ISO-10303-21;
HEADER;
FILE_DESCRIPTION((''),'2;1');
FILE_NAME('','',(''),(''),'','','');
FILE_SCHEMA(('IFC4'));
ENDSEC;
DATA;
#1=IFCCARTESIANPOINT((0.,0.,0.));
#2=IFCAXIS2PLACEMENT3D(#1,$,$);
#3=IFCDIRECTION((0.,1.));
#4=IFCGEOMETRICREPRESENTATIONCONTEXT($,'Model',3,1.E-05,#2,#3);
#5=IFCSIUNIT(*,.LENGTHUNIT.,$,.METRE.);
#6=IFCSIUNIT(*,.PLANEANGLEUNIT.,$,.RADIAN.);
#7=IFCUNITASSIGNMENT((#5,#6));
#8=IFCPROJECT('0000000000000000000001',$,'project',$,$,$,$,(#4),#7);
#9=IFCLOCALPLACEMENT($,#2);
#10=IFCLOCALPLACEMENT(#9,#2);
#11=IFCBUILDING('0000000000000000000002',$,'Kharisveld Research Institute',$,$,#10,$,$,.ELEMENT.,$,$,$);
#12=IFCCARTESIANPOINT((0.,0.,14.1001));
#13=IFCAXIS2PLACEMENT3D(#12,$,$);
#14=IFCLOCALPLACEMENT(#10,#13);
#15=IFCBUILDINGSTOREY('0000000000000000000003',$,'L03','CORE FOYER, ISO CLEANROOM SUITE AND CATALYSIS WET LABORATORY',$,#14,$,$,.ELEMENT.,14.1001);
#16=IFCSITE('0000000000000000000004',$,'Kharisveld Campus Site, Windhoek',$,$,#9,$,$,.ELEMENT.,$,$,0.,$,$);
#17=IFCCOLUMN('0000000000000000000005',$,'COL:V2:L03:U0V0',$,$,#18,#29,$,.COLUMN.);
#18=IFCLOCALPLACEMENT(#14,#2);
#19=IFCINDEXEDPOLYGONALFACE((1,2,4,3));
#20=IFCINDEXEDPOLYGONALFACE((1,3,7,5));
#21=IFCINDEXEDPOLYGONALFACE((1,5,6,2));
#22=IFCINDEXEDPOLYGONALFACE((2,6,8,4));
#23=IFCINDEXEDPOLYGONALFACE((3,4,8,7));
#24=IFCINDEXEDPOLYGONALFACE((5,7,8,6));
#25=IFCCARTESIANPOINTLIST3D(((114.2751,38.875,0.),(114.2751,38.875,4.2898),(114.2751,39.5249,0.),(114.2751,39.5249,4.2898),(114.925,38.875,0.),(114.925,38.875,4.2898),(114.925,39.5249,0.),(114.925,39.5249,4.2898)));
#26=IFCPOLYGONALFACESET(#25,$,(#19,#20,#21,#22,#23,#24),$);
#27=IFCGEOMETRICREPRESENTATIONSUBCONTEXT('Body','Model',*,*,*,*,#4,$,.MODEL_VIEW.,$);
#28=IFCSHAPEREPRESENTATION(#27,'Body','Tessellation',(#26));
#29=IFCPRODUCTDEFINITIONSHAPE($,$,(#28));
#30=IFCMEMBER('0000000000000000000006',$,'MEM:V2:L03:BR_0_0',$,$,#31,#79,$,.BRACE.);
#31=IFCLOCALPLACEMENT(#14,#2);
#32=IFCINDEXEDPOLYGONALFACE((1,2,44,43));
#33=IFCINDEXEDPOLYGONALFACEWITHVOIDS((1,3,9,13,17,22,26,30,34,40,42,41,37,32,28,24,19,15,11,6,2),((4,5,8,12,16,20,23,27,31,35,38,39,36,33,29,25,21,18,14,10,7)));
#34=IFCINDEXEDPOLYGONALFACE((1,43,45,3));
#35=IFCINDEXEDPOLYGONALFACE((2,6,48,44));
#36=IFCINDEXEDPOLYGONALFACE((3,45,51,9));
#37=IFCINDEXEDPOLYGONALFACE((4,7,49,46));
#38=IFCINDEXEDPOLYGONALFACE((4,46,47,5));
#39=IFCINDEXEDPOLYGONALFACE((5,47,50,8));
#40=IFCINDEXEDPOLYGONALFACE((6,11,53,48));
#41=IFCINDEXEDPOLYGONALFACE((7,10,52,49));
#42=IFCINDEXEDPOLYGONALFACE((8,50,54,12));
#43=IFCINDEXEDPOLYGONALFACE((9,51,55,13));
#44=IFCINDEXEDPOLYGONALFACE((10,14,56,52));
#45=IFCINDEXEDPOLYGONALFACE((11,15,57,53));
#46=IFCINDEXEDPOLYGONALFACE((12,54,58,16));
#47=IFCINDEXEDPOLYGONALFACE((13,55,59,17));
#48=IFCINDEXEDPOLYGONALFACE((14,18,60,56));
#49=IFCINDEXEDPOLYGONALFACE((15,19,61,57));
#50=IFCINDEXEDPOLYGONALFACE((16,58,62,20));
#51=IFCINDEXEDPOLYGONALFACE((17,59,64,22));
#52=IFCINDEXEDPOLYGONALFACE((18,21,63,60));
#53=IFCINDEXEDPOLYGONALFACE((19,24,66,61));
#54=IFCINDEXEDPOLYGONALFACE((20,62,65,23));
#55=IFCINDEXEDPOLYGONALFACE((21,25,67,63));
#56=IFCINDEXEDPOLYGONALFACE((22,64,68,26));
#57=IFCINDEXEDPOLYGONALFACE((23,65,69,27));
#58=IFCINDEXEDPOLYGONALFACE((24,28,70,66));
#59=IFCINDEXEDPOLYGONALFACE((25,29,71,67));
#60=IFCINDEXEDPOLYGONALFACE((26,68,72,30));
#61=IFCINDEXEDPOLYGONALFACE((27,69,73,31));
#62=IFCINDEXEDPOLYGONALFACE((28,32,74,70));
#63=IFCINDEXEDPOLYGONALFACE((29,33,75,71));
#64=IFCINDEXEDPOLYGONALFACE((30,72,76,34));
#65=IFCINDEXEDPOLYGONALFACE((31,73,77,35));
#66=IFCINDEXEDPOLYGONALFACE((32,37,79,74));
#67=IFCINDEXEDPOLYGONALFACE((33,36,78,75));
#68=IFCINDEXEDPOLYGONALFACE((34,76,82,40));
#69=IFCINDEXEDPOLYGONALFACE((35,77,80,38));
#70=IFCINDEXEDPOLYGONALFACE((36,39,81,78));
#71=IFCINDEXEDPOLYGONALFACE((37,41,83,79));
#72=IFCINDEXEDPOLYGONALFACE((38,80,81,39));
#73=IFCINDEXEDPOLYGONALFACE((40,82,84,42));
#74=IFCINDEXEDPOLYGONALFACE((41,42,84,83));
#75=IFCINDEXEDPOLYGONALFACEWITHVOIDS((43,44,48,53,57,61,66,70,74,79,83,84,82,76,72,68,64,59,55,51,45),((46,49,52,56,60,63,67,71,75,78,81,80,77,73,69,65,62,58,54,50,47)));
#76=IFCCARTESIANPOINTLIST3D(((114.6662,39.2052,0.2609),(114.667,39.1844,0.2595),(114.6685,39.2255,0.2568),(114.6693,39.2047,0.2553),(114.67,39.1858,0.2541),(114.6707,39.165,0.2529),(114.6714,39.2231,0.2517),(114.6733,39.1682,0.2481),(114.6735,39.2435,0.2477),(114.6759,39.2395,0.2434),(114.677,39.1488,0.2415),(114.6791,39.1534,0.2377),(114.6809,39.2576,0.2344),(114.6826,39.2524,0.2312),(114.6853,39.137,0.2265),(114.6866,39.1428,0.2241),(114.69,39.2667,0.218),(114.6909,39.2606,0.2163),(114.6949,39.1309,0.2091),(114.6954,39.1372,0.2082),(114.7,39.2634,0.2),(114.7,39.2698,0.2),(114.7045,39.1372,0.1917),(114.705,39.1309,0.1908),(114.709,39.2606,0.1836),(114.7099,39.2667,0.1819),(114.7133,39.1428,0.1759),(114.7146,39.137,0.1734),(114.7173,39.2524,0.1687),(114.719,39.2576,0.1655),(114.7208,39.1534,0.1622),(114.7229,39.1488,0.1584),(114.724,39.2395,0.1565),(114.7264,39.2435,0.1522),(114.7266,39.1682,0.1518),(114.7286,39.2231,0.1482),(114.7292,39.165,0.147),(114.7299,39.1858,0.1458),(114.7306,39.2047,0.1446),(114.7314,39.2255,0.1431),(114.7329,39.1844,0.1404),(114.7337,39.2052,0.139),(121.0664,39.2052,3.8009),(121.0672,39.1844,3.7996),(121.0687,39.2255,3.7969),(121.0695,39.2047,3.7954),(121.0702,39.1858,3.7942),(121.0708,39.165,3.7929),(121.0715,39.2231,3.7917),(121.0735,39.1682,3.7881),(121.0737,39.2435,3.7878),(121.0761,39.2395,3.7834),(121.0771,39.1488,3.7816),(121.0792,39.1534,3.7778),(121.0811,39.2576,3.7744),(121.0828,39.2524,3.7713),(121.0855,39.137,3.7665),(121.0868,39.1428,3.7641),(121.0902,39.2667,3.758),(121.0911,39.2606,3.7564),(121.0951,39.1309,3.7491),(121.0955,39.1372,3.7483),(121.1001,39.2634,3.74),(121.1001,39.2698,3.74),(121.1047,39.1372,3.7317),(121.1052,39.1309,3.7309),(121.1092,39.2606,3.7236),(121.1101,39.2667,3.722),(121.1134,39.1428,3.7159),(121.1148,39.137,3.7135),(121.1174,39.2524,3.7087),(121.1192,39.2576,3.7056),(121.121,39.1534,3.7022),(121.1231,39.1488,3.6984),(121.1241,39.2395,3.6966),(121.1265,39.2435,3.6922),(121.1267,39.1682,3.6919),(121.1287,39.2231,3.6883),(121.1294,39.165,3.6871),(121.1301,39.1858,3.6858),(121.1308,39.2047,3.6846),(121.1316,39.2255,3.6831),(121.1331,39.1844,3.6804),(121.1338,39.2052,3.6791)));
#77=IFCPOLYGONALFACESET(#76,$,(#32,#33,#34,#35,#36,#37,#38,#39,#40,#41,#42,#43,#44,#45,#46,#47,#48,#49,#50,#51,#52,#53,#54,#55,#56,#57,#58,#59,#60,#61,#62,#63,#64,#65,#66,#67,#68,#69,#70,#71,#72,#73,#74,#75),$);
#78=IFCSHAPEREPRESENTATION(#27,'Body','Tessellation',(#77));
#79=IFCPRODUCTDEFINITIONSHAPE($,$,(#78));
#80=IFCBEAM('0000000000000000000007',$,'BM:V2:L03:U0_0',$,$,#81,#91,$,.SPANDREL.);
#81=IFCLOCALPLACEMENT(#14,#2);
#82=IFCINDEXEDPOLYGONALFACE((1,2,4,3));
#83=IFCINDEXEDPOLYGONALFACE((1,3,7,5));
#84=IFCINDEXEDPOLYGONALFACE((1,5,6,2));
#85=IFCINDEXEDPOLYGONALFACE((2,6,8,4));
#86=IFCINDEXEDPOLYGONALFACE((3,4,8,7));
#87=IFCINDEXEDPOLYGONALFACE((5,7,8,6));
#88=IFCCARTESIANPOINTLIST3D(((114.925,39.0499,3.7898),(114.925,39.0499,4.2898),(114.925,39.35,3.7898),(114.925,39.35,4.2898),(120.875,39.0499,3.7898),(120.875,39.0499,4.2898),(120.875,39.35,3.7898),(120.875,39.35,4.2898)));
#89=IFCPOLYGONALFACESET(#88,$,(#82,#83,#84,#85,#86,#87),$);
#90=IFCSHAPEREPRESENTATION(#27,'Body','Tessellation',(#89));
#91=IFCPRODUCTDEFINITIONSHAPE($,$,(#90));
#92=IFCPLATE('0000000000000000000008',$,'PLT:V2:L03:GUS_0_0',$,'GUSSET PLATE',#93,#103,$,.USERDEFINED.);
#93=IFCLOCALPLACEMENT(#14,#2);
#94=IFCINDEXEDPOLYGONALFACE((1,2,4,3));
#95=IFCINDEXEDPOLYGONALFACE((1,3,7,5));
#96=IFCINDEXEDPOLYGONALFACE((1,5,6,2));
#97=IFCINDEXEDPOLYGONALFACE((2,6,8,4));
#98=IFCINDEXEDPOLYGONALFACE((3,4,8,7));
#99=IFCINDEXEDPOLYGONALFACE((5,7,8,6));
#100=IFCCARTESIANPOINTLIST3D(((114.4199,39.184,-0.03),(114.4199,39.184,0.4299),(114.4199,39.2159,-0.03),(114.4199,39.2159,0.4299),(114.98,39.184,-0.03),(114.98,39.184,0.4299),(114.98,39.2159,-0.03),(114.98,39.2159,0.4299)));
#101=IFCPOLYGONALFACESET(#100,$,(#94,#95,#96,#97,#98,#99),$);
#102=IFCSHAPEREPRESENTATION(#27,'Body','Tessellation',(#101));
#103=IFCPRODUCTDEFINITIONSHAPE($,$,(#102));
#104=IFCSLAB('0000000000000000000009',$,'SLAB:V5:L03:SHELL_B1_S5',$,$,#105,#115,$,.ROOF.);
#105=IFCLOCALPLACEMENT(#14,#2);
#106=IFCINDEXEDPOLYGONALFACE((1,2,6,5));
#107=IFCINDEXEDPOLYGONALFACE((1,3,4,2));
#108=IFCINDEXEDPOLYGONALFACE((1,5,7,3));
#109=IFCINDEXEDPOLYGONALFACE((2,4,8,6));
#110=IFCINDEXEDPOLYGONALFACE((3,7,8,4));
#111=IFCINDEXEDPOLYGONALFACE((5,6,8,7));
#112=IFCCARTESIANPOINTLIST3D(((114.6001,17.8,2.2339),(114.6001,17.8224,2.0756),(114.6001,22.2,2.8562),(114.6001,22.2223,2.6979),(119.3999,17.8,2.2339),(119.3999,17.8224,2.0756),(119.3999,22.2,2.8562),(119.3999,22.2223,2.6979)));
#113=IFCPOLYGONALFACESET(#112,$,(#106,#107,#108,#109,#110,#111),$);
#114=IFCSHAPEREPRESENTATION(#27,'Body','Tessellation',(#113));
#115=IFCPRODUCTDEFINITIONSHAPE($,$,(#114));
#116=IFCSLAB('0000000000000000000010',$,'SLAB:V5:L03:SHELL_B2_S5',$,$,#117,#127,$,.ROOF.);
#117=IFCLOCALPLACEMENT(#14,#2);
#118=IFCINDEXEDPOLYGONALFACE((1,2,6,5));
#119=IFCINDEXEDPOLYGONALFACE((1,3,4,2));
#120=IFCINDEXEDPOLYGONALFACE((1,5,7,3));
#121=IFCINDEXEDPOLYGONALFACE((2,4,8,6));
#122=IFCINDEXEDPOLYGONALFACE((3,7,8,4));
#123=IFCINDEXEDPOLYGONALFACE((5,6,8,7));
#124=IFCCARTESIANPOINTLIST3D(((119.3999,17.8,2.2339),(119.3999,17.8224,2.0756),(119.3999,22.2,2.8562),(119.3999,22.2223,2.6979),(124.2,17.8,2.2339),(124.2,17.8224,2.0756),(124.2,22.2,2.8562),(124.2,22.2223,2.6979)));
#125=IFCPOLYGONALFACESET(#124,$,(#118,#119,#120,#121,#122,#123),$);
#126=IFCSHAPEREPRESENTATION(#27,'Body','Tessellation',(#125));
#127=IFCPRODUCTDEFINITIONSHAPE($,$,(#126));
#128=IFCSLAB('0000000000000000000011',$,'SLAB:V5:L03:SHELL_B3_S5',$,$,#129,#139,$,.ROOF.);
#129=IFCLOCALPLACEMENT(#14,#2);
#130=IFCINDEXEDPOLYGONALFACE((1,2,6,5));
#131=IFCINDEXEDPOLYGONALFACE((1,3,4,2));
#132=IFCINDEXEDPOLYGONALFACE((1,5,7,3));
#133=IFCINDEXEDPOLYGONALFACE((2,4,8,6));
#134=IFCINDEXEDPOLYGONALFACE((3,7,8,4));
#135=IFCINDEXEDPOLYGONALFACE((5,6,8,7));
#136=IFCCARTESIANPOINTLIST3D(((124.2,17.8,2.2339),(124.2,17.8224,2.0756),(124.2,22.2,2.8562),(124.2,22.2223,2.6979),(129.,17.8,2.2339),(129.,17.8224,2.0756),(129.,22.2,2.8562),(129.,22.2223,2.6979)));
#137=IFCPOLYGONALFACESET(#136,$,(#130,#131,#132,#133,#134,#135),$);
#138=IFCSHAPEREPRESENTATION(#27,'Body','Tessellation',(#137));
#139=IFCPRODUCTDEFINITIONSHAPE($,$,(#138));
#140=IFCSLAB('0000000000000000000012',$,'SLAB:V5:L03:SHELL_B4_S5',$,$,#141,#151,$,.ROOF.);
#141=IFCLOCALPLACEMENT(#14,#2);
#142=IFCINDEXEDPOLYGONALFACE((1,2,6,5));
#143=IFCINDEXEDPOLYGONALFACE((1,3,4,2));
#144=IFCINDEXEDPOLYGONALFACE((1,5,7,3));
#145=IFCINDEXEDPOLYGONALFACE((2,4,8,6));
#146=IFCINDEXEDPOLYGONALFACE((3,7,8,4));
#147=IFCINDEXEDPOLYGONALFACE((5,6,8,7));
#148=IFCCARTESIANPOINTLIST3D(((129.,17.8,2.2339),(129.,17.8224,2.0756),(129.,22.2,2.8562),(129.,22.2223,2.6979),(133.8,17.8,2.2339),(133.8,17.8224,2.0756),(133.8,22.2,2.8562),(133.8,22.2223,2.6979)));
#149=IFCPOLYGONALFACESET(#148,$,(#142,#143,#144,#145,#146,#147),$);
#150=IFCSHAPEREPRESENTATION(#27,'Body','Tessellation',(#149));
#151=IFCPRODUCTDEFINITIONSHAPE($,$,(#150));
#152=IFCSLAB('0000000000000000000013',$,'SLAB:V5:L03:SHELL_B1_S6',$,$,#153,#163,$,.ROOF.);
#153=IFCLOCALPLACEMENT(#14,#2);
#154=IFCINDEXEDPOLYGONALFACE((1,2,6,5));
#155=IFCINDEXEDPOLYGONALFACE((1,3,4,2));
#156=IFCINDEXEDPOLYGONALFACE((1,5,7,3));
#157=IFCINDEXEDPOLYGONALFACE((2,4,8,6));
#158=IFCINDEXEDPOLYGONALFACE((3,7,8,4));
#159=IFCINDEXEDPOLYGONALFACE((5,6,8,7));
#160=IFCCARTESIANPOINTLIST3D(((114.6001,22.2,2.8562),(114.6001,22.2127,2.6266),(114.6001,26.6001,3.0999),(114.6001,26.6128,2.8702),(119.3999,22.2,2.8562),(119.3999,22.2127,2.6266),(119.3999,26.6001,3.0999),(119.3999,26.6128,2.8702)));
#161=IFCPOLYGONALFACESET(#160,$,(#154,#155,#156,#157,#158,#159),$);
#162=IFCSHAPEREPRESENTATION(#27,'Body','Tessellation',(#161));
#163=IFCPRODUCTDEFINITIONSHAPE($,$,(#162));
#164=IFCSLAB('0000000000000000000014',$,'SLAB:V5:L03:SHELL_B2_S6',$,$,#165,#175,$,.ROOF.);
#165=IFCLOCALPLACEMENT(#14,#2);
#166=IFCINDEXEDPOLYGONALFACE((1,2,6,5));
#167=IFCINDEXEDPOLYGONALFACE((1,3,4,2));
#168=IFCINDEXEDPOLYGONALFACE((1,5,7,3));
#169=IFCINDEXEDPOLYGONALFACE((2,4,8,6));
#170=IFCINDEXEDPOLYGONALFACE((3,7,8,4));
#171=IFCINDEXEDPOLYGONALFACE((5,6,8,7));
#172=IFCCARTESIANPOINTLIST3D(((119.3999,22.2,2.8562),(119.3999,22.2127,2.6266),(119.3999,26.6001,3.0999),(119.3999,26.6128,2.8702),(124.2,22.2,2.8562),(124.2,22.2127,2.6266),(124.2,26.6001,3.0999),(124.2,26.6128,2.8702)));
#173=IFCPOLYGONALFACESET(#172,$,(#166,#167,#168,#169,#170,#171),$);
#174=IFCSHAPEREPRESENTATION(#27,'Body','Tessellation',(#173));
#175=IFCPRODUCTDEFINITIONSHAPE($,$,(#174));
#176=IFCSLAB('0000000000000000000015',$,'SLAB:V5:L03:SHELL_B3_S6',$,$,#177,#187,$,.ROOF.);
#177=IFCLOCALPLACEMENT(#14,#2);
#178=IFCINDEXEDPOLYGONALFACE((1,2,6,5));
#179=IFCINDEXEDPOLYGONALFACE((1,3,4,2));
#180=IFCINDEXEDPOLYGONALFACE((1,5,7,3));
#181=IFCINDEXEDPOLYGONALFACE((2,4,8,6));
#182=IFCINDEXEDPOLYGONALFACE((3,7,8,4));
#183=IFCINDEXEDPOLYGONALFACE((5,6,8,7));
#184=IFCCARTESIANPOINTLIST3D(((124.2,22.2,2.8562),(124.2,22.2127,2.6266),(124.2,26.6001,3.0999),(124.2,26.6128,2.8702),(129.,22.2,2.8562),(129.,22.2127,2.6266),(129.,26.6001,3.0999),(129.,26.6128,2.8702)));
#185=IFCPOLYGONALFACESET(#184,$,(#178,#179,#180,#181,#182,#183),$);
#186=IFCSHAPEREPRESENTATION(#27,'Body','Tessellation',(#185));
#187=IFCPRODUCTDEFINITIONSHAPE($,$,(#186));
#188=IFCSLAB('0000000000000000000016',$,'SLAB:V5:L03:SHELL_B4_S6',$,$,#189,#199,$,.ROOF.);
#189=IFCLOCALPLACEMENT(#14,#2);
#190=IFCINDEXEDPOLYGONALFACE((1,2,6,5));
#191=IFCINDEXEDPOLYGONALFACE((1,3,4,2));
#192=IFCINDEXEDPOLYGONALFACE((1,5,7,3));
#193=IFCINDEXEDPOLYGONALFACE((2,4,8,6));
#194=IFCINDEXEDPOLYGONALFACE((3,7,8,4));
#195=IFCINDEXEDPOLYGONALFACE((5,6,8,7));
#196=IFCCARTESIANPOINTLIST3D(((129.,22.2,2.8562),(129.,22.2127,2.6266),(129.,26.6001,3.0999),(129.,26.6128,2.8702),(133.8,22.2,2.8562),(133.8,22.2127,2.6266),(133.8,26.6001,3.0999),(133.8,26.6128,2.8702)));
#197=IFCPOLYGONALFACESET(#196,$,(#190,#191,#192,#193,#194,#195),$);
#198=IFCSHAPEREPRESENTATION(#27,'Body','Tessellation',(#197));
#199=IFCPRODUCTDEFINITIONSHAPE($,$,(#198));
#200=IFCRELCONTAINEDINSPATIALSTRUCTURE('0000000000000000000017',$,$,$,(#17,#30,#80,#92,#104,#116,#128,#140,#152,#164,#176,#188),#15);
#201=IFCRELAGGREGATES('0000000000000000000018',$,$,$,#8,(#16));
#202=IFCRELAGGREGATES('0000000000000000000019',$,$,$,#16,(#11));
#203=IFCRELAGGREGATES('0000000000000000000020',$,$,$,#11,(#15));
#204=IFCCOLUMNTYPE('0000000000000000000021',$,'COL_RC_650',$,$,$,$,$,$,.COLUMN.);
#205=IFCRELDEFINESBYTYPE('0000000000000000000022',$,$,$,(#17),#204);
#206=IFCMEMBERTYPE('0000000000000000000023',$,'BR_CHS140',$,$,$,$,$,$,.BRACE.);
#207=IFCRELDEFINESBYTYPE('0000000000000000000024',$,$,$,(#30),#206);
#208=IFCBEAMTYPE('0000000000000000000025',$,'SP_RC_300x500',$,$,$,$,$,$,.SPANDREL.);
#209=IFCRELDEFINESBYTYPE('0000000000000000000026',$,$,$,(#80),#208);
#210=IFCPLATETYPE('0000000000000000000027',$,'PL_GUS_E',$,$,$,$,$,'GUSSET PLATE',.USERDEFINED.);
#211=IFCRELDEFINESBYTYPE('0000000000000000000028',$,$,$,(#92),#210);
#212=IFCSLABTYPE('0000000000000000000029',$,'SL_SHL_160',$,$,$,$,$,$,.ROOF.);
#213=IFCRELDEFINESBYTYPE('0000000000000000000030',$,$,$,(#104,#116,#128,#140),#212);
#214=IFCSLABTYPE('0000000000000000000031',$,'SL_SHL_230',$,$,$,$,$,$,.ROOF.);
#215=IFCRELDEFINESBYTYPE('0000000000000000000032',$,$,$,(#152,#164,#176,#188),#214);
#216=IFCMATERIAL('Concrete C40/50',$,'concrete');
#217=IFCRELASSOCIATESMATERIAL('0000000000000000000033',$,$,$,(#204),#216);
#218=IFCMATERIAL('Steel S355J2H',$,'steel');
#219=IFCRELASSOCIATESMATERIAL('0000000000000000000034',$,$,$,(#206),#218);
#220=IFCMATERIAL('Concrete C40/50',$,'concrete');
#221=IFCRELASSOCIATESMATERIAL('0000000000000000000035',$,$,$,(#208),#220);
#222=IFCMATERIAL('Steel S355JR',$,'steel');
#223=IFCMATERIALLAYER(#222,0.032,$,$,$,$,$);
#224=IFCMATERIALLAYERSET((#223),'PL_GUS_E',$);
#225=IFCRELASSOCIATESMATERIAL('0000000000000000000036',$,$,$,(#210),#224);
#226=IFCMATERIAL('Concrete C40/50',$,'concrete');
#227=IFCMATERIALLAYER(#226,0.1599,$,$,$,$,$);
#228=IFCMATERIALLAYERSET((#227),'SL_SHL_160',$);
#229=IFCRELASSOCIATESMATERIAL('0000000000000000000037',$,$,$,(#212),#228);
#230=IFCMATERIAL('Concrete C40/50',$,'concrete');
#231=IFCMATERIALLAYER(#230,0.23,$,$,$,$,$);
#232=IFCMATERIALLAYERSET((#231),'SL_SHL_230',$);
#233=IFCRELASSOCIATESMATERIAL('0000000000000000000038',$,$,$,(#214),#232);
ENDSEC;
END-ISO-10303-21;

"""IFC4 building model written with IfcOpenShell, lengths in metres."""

from ifc_helpers import new_model, si_unit, direction, frame, origin, origin_2d, place, context, subcontext, project, spatial, polyline, rectangle, hollow_circle, outline, extrude, material, layer, layer_set, material_profile, profile_set, type_object, element, save


model = new_model("IFC4")

# Units and contexts
model_context = context("Model", 3, precision=1e-05, world=origin(), true_north=direction((0.0, 1.0)))
body_context = subcontext(model_context, "Body", "Model", "MODEL_VIEW")
ifc_project = project(units=[si_unit("LENGTHUNIT", "METRE"), si_unit("PLANEANGLEUNIT", "RADIAN")], contexts=[model_context])

# Site, building, storey
site_placement = place(None, origin())
site = spatial("IfcSite", under=ifc_project, at=site_placement, Name="Kharisveld Campus Site, Windhoek", CompositionType="ELEMENT", RefElevation=0.0)
building_placement = place(site_placement, origin())
building = spatial("IfcBuilding", under=site, at=building_placement, Name="Kharisveld Research Institute", CompositionType="ELEMENT")
storey_placement = place(building_placement, frame((0.0, 0.0, 14.1001)))
storey = spatial("IfcBuildingStorey", under=building, at=storey_placement, Name="L03", Description="CORE FOYER, ISO CLEANROOM SUITE AND CATALYSIS WET LABORATORY", CompositionType="ELEMENT", Elevation=14.1001)

# Column
ifc_material_1 = material(Name="Concrete C40/50", Category="concrete")
ifc_material_profile_1 = material_profile(ifc_material_1, rectangle(XDim=0.6499, YDim=0.6499, at=origin_2d()))
ifc_profile_set_1 = profile_set([ifc_material_profile_1], Name="Concrete C40/50")
column_type = type_object("IfcColumnType", Name="COL_RC_650", PredefinedType="COLUMN", material=ifc_profile_set_1)
column_placement = place(storey_placement, frame((114.6001, 39.2, 0.0), z_axis=(0.0, 0.0, 1.0), x_axis=(1.0, 0.0, 0.0)))
element("IfcColumn", 1, at=column_placement, inside=storey, type_object=column_type, Name="COL:V2:L03:U0V0", PredefinedType="COLUMN", context=body_context, shape_type="SweptSolid", body=[
    extrude(rectangle(XDim=0.6499, YDim=0.6499, at=origin_2d()), origin(), (0.0, 0.0, 1.0), 4.2898),
])

# Member
ifc_material_2 = material(Name="Steel S355J2H", Category="steel")
ifc_material_profile_2 = material_profile(ifc_material_2, hollow_circle(Radius=0.0698, WallThickness=0.0063, at=origin_2d()))
ifc_profile_set_2 = profile_set([ifc_material_profile_2], Name="Steel S355J2H")
member_type = type_object("IfcMemberType", Name="BR_CHS140", PredefinedType="BRACE", material=ifc_profile_set_2)
member_placement = place(storey_placement, frame((114.7, 39.2, 0.2), z_axis=(0.875061, 0.0, 0.484012), x_axis=(0.0, 1.0, 0.0)))
element("IfcMember", 2, at=member_placement, inside=storey, type_object=member_type, Name="MEM:V2:L03:BR_0_0", PredefinedType="BRACE", context=body_context, shape_type="SweptSolid", body=[
    extrude(hollow_circle(Radius=0.0698, WallThickness=0.0063, at=origin_2d()), origin(), (0.0, 0.0, 1.0), 7.314),
])

# Beam
ifc_material_3 = material(Name="Concrete C40/50", Category="concrete")
ifc_material_profile_3 = material_profile(ifc_material_3, rectangle(XDim=0.3, YDim=0.5, at=origin_2d()))
ifc_profile_set_3 = profile_set([ifc_material_profile_3], Name="Concrete C40/50")
beam_type = type_object("IfcBeamType", Name="SP_RC_300x500", PredefinedType="SPANDREL", material=ifc_profile_set_3)
beam_placement = place(storey_placement, frame((114.925, 39.2, 4.0398), z_axis=(1.0, 0.0, 0.0), x_axis=(0.0, 1.0, 0.0)))
element("IfcBeam", 3, at=beam_placement, inside=storey, type_object=beam_type, Name="BM:V2:L03:U0_0", PredefinedType="SPANDREL", context=body_context, shape_type="SweptSolid", body=[
    extrude(rectangle(XDim=0.3, YDim=0.5, at=origin_2d()), origin(), (0.0, 0.0, 1.0), 5.95),
])

# Plate
ifc_material_4 = material(Name="Steel S355JR", Category="steel")
ifc_layer_1 = layer(ifc_material_4, 0.032)
ifc_layer_set_1 = layer_set([ifc_layer_1], Name="PL_GUS_E")
plate_type = type_object("IfcPlateType", Name="PL_GUS_E", ElementType="GUSSET PLATE", PredefinedType="USERDEFINED", material=ifc_layer_set_1)
plate_placement = place(storey_placement, frame((114.7, 39.2, -0.03), z_axis=(0.0, 0.0, 1.0), x_axis=(1.0, 0.0, 0.0)))
element("IfcPlate", 4, at=plate_placement, inside=storey, type_object=plate_type, Name="PLT:V2:L03:GUS_0_0", ObjectType="GUSSET PLATE", PredefinedType="USERDEFINED", context=body_context, shape_type="SweptSolid", body=[
    extrude(rectangle(XDim=0.5601, YDim=0.032, at=origin_2d()), origin(), (0.0, 0.0, 1.0), 0.46),
])

# Slabs
ifc_material_5 = material(Name="Concrete C40/50", Category="concrete")
ifc_layer_2 = layer(ifc_material_5, 0.1599)
ifc_layer_set_2 = layer_set([ifc_layer_2], Name="SL_SHL_160")
slab_type_1 = type_object("IfcSlabType", Name="SL_SHL_160", PredefinedType="ROOF", material=ifc_layer_set_2)
slab_1_placement = place(storey_placement, frame((114.6001, 17.8, 2.2339), z_axis=(0.0, -0.140044, 0.990145), x_axis=(1.0, 0.0, 0.0)))
element("IfcSlab", 5, at=slab_1_placement, inside=storey, type_object=slab_type_1, Name="SLAB:V5:L03:SHELL_B1_S5", PredefinedType="ROOF", context=body_context, shape_type="SweptSolid", body=[
    extrude(outline(polyline([(0.0, 0.0), (4.7998, 0.0), (4.7998, 4.4437), (0.0, 4.4437), (0.0, 0.0)])), origin(), (0.0, 0.0, -1.0), 0.1599),
])
for number, where, z_axis, x_axis, name in (
    (6, (119.3999, 17.8, 2.2339), (0.0, -0.140044, 0.990145), (1.0, 0.0, 0.0), "SLAB:V5:L03:SHELL_B2_S5"),
    (7, (124.2, 17.8, 2.2339), (0.0, -0.140044, 0.990145), (1.0, 0.0, 0.0), "SLAB:V5:L03:SHELL_B3_S5"),
    (8, (129.0, 17.8, 2.2339), (0.0, -0.140044, 0.990145), (1.0, 0.0, 0.0), "SLAB:V5:L03:SHELL_B4_S5"),
):
    element("IfcSlab", number, at=place(storey_placement, frame(where, z_axis=z_axis, x_axis=x_axis)), inside=storey, type_object=slab_type_1, Name=name, PredefinedType="ROOF", context=body_context, shape_type="SweptSolid", body=[
        extrude(outline(polyline([(0.0, 0.0), (4.8, 0.0), (4.8, 4.4437), (0.0, 4.4437), (0.0, 0.0)])), origin(), (0.0, 0.0, -1.0), 0.1599),
    ])
ifc_material_6 = material(Name="Concrete C40/50", Category="concrete")
ifc_layer_3 = layer(ifc_material_6, 0.23)
ifc_layer_set_3 = layer_set([ifc_layer_3], Name="SL_SHL_230")
slab_type_2 = type_object("IfcSlabType", Name="SL_SHL_230", PredefinedType="ROOF", material=ifc_layer_set_3)
slab_2_placement = place(storey_placement, frame((114.6001, 22.2, 2.8562), z_axis=(0.0, -0.055289, 0.99847), x_axis=(1.0, 0.0, 0.0)))
element("IfcSlab", 9, at=slab_2_placement, inside=storey, type_object=slab_type_2, Name="SLAB:V5:L03:SHELL_B1_S6", PredefinedType="ROOF", context=body_context, shape_type="SweptSolid", body=[
    extrude(outline(polyline([(0.0, 0.0), (4.7998, 0.0), (4.7998, 4.4069), (0.0, 4.4069), (0.0, 0.0)])), origin(), (0.0, 0.0, -1.0), 0.23),
])
for number, where, z_axis, x_axis, name in (
    (10, (119.3999, 22.2, 2.8562), (0.0, -0.055289, 0.99847), (1.0, 0.0, 0.0), "SLAB:V5:L03:SHELL_B2_S6"),
    (11, (124.2, 22.2, 2.8562), (0.0, -0.055289, 0.99847), (1.0, 0.0, 0.0), "SLAB:V5:L03:SHELL_B3_S6"),
    (12, (129.0, 22.2, 2.8562), (0.0, -0.055289, 0.99847), (1.0, 0.0, 0.0), "SLAB:V5:L03:SHELL_B4_S6"),
):
    element("IfcSlab", number, at=place(storey_placement, frame(where, z_axis=z_axis, x_axis=x_axis)), inside=storey, type_object=slab_type_2, Name=name, PredefinedType="ROOF", context=body_context, shape_type="SweptSolid", body=[
        extrude(outline(polyline([(0.0, 0.0), (4.8, 0.0), (4.8, 4.4069), (0.0, 4.4069), (0.0, 0.0)])), origin(), (0.0, 0.0, -1.0), 0.23),
    ])

save(model, "model.ifc")
